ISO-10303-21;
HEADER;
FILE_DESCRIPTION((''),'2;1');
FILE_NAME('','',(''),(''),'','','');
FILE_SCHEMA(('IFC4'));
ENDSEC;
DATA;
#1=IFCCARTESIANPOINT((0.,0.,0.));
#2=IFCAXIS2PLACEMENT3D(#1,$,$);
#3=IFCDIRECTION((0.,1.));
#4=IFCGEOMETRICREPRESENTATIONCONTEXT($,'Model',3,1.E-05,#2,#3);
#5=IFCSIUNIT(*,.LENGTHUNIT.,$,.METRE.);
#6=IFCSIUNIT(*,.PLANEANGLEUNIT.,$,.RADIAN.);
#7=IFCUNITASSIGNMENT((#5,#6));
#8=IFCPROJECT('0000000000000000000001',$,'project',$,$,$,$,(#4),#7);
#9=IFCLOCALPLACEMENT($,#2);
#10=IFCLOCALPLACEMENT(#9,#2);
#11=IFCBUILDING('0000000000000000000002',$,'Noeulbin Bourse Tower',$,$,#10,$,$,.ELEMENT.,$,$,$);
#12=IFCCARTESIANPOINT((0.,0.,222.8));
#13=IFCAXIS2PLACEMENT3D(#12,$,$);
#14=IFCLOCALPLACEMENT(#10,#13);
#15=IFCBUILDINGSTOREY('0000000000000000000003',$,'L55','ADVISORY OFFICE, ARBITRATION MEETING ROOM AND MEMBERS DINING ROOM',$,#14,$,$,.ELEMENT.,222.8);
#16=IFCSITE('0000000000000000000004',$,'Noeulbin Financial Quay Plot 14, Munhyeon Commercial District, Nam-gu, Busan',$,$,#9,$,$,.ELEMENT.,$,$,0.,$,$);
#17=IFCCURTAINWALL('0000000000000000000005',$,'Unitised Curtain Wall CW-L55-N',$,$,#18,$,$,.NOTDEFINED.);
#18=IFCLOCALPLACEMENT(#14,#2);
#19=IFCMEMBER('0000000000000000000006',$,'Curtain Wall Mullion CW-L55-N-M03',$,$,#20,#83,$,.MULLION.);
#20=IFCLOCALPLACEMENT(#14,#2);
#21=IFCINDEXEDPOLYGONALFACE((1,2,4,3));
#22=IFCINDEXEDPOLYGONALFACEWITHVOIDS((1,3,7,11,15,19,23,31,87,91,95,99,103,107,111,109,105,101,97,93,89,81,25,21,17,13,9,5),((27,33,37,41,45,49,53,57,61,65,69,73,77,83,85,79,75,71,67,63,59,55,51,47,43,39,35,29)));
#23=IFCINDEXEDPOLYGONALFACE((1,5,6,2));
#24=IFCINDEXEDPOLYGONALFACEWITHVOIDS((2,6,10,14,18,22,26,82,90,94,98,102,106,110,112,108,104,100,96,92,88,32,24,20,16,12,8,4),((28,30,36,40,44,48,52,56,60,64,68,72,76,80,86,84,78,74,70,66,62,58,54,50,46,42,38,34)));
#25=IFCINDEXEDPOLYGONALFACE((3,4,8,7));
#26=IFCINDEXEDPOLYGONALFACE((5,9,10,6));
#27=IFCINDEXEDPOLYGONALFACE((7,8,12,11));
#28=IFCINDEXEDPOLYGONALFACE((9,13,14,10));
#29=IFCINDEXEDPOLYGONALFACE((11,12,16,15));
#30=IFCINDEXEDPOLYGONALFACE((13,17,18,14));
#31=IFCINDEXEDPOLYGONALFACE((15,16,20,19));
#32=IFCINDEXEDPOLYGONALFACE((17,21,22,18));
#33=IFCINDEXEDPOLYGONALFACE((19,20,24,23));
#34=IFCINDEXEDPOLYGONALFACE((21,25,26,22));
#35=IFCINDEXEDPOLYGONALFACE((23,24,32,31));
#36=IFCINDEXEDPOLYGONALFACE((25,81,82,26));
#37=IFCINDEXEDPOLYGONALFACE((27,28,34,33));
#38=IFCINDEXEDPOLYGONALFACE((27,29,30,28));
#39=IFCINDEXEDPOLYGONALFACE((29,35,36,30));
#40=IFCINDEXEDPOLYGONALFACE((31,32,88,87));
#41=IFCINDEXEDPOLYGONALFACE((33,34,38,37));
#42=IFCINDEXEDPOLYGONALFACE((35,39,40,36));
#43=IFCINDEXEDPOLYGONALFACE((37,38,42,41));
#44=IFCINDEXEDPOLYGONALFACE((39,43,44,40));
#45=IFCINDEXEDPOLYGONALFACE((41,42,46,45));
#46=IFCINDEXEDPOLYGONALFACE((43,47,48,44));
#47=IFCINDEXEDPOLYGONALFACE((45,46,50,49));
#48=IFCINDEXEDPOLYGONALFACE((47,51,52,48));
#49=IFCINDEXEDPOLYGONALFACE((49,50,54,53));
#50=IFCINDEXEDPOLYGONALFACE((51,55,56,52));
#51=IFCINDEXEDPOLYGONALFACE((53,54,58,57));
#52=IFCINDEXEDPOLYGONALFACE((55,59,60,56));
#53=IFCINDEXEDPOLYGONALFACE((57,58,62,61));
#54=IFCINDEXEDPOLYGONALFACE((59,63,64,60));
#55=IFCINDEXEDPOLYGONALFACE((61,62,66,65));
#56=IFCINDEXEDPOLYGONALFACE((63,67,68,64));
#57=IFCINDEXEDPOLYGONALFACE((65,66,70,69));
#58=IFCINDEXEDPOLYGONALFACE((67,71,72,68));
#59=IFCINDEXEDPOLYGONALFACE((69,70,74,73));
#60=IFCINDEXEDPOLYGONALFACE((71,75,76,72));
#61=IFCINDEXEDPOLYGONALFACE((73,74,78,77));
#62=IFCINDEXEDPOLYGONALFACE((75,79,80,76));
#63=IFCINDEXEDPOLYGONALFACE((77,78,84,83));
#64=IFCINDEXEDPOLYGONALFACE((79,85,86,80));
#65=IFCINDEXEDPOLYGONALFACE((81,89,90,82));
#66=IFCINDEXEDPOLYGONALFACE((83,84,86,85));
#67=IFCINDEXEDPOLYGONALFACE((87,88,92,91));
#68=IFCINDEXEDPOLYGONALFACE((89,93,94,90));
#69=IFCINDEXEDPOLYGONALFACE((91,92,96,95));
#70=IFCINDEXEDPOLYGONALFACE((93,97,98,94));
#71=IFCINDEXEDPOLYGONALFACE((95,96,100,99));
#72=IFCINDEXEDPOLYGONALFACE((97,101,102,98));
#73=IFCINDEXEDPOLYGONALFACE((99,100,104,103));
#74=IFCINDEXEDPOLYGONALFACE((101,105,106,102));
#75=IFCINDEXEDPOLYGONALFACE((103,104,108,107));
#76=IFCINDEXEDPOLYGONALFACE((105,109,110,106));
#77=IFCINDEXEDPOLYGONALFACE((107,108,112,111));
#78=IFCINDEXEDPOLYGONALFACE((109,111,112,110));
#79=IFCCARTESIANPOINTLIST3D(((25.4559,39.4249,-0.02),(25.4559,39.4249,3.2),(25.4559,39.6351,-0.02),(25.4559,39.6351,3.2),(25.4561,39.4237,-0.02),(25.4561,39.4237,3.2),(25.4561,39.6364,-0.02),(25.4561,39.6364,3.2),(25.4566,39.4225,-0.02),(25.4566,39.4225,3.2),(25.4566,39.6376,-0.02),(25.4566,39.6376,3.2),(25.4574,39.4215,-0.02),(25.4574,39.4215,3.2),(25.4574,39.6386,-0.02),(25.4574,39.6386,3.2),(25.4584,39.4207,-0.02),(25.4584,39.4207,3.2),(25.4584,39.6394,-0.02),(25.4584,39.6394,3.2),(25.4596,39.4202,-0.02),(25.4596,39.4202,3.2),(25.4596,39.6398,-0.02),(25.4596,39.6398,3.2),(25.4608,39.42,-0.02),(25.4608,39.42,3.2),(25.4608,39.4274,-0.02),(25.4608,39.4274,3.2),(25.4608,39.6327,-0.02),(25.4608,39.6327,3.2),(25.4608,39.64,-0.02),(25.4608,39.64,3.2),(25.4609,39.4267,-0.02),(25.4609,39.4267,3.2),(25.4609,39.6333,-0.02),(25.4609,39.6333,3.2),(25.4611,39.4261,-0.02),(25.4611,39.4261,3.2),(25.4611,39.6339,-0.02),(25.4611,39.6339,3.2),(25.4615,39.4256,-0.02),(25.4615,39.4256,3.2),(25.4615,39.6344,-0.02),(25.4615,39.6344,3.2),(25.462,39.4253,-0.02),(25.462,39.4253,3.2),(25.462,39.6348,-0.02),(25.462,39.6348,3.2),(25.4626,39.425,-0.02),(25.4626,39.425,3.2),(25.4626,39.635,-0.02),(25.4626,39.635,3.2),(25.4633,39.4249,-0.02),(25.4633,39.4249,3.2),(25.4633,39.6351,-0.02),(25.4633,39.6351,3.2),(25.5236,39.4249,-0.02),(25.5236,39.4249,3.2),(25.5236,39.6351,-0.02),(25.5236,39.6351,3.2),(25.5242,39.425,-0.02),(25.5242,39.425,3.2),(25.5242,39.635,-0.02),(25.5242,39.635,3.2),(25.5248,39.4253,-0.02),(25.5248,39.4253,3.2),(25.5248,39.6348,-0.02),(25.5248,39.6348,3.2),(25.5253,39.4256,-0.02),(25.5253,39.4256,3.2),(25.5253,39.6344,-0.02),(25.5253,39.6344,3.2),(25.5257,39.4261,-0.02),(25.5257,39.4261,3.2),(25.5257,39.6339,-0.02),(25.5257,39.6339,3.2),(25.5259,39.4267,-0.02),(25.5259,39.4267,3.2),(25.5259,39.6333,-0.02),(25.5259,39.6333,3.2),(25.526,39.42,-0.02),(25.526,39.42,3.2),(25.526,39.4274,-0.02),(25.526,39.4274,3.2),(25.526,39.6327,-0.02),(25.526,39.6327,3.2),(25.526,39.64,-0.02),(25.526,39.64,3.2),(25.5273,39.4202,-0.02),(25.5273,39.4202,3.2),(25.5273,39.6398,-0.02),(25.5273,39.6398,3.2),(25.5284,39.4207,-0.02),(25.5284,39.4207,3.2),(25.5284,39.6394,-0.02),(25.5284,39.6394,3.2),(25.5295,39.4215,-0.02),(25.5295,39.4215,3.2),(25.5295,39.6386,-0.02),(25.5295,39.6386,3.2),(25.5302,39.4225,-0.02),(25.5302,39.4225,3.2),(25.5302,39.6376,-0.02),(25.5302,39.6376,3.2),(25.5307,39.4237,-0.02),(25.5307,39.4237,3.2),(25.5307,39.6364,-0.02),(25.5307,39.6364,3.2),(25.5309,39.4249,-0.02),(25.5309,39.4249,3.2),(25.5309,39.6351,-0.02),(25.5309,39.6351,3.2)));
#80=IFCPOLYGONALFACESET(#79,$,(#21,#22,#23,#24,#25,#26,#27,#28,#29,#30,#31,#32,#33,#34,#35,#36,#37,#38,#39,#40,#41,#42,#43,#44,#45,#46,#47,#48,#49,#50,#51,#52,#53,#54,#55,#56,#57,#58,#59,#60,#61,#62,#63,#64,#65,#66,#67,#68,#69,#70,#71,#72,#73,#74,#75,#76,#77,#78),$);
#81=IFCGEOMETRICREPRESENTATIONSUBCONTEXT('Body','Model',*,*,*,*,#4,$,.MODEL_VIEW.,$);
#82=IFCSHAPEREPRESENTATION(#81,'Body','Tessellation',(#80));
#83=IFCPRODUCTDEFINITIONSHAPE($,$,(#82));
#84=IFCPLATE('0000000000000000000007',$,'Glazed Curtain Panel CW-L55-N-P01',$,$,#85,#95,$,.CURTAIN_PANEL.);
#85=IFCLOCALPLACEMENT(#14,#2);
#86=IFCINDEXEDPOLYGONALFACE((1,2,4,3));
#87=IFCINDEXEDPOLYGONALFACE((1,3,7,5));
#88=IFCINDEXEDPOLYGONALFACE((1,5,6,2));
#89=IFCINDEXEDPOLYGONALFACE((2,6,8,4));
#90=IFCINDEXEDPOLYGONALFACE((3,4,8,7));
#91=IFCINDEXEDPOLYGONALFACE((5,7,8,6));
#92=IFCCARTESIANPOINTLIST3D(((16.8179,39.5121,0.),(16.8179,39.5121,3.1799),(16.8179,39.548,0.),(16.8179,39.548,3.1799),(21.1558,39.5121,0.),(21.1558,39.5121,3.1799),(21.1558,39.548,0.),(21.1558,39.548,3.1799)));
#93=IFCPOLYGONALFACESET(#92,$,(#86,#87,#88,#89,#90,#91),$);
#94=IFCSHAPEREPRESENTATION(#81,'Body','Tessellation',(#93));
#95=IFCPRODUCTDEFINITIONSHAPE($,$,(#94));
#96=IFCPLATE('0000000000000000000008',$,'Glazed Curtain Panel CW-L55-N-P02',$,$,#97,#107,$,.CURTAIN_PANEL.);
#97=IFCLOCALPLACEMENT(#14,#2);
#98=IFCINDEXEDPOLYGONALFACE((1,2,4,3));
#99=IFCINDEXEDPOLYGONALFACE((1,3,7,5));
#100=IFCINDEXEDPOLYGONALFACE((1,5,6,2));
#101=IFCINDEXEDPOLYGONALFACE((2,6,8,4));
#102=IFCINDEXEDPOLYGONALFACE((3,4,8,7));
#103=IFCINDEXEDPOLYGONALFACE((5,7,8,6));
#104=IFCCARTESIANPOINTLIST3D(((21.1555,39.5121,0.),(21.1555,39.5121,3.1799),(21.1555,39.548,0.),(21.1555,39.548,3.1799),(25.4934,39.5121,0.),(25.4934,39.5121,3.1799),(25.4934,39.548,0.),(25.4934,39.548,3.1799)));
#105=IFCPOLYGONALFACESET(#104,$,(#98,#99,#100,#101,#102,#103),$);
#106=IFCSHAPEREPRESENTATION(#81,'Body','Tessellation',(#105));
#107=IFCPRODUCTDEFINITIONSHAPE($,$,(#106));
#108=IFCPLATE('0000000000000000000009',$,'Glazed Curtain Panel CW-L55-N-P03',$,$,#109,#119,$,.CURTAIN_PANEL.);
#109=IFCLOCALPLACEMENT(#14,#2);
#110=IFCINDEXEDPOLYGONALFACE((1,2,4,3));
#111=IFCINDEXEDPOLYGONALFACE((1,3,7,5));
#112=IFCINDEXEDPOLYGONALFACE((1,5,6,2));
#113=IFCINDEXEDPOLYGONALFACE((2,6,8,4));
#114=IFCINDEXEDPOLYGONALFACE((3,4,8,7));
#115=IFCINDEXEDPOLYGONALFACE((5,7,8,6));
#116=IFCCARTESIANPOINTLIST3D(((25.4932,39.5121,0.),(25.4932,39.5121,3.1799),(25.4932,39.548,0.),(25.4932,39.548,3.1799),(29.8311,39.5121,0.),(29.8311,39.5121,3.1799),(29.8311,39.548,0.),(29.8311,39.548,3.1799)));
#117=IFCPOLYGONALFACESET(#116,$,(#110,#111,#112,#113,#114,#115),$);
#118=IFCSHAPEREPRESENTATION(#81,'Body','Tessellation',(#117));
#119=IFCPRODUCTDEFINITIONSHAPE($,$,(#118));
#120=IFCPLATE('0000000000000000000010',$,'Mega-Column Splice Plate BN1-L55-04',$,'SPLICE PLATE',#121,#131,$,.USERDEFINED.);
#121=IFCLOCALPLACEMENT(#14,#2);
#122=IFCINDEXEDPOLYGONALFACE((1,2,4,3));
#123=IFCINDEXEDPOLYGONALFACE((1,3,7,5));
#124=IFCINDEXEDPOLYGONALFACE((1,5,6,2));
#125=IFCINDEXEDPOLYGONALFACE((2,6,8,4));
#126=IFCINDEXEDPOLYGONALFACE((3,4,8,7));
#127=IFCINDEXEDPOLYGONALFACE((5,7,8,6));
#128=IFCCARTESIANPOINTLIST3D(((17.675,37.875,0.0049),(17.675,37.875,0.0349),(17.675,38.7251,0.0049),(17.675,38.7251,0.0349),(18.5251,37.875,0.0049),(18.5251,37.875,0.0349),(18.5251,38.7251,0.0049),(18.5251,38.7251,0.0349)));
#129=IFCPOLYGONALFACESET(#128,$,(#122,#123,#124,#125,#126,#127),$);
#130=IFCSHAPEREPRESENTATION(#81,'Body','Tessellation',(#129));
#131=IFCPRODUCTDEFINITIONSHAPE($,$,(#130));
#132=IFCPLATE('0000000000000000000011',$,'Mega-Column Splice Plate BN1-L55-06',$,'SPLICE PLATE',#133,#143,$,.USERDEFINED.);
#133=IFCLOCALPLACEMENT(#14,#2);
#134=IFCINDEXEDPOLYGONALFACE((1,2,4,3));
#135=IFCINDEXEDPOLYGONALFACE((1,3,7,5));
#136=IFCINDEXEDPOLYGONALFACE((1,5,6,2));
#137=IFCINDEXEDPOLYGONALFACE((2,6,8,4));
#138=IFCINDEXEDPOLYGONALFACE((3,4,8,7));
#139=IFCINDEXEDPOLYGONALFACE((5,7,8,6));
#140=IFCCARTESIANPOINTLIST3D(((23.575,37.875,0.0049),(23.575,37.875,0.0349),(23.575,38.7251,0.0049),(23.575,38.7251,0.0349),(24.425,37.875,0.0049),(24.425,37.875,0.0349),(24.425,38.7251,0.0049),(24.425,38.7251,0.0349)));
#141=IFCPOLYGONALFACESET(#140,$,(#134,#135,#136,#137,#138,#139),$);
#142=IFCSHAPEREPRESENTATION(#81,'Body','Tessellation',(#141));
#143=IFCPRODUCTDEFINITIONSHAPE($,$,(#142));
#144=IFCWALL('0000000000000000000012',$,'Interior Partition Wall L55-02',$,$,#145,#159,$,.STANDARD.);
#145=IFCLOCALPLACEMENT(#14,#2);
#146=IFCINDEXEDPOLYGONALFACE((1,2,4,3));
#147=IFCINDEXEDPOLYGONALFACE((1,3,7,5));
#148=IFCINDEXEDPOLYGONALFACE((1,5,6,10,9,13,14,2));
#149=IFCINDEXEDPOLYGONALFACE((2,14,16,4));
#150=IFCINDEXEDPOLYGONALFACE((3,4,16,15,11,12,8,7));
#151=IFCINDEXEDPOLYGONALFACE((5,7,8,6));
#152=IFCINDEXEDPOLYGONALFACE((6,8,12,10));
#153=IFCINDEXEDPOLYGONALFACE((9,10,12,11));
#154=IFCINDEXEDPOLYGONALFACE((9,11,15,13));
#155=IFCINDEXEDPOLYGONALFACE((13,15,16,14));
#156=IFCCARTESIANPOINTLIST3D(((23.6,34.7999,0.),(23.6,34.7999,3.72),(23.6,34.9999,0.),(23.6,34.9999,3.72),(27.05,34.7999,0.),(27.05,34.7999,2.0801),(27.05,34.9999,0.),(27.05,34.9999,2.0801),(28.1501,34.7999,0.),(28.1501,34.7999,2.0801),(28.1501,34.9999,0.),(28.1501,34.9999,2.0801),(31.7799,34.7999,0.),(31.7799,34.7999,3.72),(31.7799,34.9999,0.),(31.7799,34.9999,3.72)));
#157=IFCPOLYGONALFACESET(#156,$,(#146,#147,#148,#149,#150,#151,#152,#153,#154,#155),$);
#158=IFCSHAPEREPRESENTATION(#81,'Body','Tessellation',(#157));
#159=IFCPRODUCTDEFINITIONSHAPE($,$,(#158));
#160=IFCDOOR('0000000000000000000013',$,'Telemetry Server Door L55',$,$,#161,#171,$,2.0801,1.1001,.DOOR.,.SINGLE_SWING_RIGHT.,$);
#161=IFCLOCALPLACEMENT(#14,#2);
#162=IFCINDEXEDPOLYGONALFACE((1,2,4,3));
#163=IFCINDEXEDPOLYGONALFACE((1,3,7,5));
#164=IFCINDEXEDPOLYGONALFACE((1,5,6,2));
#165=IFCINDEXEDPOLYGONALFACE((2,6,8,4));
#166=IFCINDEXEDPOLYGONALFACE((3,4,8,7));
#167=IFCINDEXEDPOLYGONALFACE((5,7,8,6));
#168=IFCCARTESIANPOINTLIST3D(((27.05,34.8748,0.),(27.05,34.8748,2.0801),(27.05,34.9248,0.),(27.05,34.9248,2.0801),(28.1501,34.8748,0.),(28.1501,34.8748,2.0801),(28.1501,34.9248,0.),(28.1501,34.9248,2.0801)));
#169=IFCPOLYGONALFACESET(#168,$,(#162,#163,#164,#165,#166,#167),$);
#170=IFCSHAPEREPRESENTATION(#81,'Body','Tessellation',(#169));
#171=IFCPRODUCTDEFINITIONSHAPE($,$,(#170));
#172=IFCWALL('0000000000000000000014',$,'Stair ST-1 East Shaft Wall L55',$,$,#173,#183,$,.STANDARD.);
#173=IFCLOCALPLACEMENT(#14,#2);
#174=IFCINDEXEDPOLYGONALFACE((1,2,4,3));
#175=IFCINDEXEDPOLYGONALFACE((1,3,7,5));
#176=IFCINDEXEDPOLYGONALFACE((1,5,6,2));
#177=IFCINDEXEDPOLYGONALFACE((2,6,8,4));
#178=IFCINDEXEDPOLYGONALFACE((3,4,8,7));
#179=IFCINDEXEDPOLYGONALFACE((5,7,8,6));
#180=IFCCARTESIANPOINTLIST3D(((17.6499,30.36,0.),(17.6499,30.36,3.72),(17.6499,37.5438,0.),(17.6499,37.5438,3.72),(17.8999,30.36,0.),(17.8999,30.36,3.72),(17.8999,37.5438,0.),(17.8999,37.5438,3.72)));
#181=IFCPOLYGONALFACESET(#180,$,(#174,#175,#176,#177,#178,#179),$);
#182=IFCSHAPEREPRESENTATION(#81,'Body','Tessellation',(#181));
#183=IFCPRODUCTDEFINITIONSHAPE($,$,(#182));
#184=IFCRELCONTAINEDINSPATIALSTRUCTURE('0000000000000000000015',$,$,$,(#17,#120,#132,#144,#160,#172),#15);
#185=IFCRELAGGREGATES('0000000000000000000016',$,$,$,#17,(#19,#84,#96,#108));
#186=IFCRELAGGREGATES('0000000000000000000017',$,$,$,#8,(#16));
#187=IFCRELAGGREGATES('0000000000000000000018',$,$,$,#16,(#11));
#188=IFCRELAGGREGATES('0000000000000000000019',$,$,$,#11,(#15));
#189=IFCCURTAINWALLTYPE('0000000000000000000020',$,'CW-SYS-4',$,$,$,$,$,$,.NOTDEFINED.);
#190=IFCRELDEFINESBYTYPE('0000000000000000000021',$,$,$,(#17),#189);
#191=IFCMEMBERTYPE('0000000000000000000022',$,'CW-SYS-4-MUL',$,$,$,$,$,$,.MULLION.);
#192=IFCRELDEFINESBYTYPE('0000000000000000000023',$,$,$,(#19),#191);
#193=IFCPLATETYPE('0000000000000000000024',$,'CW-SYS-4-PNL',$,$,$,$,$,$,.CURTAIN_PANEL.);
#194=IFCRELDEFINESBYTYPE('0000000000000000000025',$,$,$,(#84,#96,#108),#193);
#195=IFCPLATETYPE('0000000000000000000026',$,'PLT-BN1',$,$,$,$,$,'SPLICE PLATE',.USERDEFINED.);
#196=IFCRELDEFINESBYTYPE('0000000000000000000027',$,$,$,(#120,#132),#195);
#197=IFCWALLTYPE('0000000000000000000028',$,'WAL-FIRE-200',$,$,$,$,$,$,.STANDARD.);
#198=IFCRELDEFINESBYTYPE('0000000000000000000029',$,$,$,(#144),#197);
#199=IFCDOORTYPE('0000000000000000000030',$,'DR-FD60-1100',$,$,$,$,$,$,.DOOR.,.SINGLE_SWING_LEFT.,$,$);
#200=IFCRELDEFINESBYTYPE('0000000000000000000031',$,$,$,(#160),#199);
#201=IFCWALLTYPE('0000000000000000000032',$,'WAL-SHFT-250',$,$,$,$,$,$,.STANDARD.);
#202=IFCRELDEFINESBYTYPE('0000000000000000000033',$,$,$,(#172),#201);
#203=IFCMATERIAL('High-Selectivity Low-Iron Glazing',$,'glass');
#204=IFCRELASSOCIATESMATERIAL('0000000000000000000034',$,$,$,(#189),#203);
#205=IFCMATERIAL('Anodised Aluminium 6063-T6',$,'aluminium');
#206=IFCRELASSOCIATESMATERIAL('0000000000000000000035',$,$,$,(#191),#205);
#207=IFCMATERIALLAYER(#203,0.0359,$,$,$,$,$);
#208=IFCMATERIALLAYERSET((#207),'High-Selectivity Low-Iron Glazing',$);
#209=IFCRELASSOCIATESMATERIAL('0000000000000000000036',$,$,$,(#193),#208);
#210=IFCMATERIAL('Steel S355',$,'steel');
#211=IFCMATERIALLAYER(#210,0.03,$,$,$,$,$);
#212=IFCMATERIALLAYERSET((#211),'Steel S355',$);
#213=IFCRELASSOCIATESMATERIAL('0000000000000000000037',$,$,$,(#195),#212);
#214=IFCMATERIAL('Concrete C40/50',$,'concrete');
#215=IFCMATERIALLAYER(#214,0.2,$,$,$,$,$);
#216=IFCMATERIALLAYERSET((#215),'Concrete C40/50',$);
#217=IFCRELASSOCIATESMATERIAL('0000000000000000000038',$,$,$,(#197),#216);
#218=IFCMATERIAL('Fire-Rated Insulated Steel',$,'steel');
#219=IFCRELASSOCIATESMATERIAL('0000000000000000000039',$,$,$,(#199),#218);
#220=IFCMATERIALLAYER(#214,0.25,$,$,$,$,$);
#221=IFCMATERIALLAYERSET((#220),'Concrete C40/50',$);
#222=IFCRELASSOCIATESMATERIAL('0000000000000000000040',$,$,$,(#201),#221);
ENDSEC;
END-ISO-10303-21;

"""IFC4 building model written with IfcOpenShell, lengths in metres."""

from ifc_helpers import new_model, si_unit, direction, frame, frame_2d, origin, origin_2d, place, context, subcontext, project, spatial, rectangle, hollow_rectangle, extrude, material, layer, layer_set, material_profile, profile_set, type_object, element, fill, aggregate, save


model = new_model("IFC4")

# Units and contexts
model_context = context("Model", 3, precision=1e-05, world=origin(), true_north=direction((0.0, 1.0)))
body_context = subcontext(model_context, "Body", "Model", "MODEL_VIEW")
ifc_project = project(units=[si_unit("LENGTHUNIT", "METRE"), si_unit("PLANEANGLEUNIT", "RADIAN")], contexts=[model_context])

# Site, building, storey
site_placement = place(None, origin())
site = spatial("IfcSite", under=ifc_project, at=site_placement, Name="Noeulbin Financial Quay Plot 14, Munhyeon Commercial District, Nam-gu, Busan", CompositionType="ELEMENT", RefElevation=0.0)
building_placement = place(site_placement, origin())
building = spatial("IfcBuilding", under=site, at=building_placement, Name="Noeulbin Bourse Tower", CompositionType="ELEMENT")
storey_placement = place(building_placement, frame((0.0, 0.0, 222.8)))
storey = spatial("IfcBuildingStorey", under=building, at=storey_placement, Name="L55", Description="ADVISORY OFFICE, ARBITRATION MEETING ROOM AND MEMBERS DINING ROOM", CompositionType="ELEMENT", Elevation=222.8)

# Shared definitions
ifc_material_1 = material(Name="Steel S355", Category="steel")

# Curtain wall, member, plates
ifc_material_2 = material(Name="High-Selectivity Low-Iron Glazing", Category="glass")
curtain_wall_type = type_object("IfcCurtainWallType", Name="CW-SYS-4", PredefinedType="NOTDEFINED", material=ifc_material_2)
curtain_wall_placement = place(storey_placement, origin())
curtain_wall = element("IfcCurtainWall", 1, at=curtain_wall_placement, inside=storey, type_object=curtain_wall_type, Name="Unitised Curtain Wall CW-L55-N", PredefinedType="NOTDEFINED")
ifc_material_3 = material(Name="Anodised Aluminium 6063-T6", Category="aluminium")
ifc_material_profile_1 = material_profile(ifc_material_3, hollow_rectangle(XDim=0.075, YDim=0.22, WallThickness=0.0049, InnerFilletRadius=0.0024, OuterFilletRadius=0.0049, at=origin_2d()), Name="ALU-MULL-75x220x5", Category="LoadBearing")
ifc_profile_set_1 = profile_set([ifc_material_profile_1], Name="Anodised Aluminium 6063-T6")
member_type = type_object("IfcMemberType", Name="CW-SYS-4-MUL", PredefinedType="MULLION", material=ifc_profile_set_1)
member_1_placement = place(storey_placement, frame((25.4934, 39.53, -0.02), z_axis=(0.0, 0.0, 1.0), x_axis=(1.0, 0.0, 0.0)))
member_1 = element("IfcMember", 2, at=member_1_placement, type_object=member_type, Name="Curtain Wall Mullion CW-L55-N-M03", PredefinedType="MULLION", context=body_context, shape_type="SweptSolid", body=[
    extrude(hollow_rectangle(XDim=0.075, YDim=0.22, WallThickness=0.0049, InnerFilletRadius=0.0024, OuterFilletRadius=0.0049, at=origin_2d()), origin(), (0.0, 0.0, 1.0), 3.22),
])
ifc_layer_1 = layer(ifc_material_2, 0.0359)
ifc_layer_set_1 = layer_set([ifc_layer_1], Name="High-Selectivity Low-Iron Glazing")
plate_type_1 = type_object("IfcPlateType", Name="CW-SYS-4-PNL", PredefinedType="CURTAIN_PANEL", material=ifc_layer_set_1)
plate_1_placement = place(storey_placement, frame((18.9868, 39.53, 0.0), z_axis=(0.0, 0.0, 1.0), x_axis=(1.0, 0.0, 0.0)))
plate_1 = element("IfcPlate", 3, at=plate_1_placement, type_object=plate_type_1, Name="Glazed Curtain Panel CW-L55-N-P01", PredefinedType="CURTAIN_PANEL", context=body_context, shape_type="SweptSolid", body=[
    extrude(rectangle(XDim=4.3379, YDim=0.0359, at=origin_2d()), origin(), (0.0, 0.0, 1.0), 3.1799),
])
plate_2_placement = place(storey_placement, frame((23.3245, 39.53, 0.0), z_axis=(0.0, 0.0, 1.0), x_axis=(1.0, 0.0, 0.0)))
plate_2 = element("IfcPlate", 4, at=plate_2_placement, type_object=plate_type_1, Name="Glazed Curtain Panel CW-L55-N-P02", PredefinedType="CURTAIN_PANEL", context=body_context, shape_type="SweptSolid", body=[
    extrude(rectangle(XDim=4.3379, YDim=0.0359, at=origin_2d()), origin(), (0.0, 0.0, 1.0), 3.1799),
])
plate_3_placement = place(storey_placement, frame((27.6621, 39.53, 0.0), z_axis=(0.0, 0.0, 1.0), x_axis=(1.0, 0.0, 0.0)))
plate_3 = element("IfcPlate", 5, at=plate_3_placement, type_object=plate_type_1, Name="Glazed Curtain Panel CW-L55-N-P03", PredefinedType="CURTAIN_PANEL", context=body_context, shape_type="SweptSolid", body=[
    extrude(rectangle(XDim=4.3379, YDim=0.0359, at=origin_2d()), origin(), (0.0, 0.0, 1.0), 3.1799),
])
aggregate(curtain_wall, [member_1, plate_1, plate_2, plate_3])

# Plates
ifc_layer_2 = layer(ifc_material_1, 0.03)
ifc_layer_set_2 = layer_set([ifc_layer_2], Name="Steel S355")
plate_type_2 = type_object("IfcPlateType", Name="PLT-BN1", ElementType="SPLICE PLATE", PredefinedType="USERDEFINED", material=ifc_layer_set_2)
for number, where, z_axis, x_axis, name in (
    (6, (18.1001, 38.3, 0.0049), (0.0, 0.0, 1.0), (1.0, 0.0, 0.0), "Mega-Column Splice Plate BN1-L55-04"),
    (7, (24.0, 38.3, 0.0049), (0.0, 0.0, 1.0), (1.0, 0.0, 0.0), "Mega-Column Splice Plate BN1-L55-06"),
):
    element("IfcPlate", number, at=place(storey_placement, frame(where, z_axis=z_axis, x_axis=x_axis)), inside=storey, type_object=plate_type_2, Name=name, ObjectType="SPLICE PLATE", PredefinedType="USERDEFINED", context=body_context, shape_type="SweptSolid", body=[
        extrude(rectangle(XDim=0.8501, YDim=0.8501, at=origin_2d()), origin(), (0.0, 0.0, 1.0), 0.03),
    ])

# Wall, opening, door
ifc_material_4 = material(Name="Concrete C40/50", Category="concrete")
ifc_layer_3 = layer(ifc_material_4, 0.2)
ifc_layer_set_3 = layer_set([ifc_layer_3], Name="Concrete C40/50")
wall_type_1 = type_object("IfcWallType", Name="WAL-FIRE-200", PredefinedType="STANDARD", material=ifc_layer_set_3)
wall_1_placement = place(storey_placement, frame((23.6001, 34.8999, 0.0), z_axis=(0.0, 0.0, 1.0), x_axis=(1.0, 0.0, 0.0)))
wall_1 = element("IfcWall", 8, at=wall_1_placement, inside=storey, type_object=wall_type_1, Name="Interior Partition Wall L55-02", PredefinedType="STANDARD", context=body_context, shape_type="SweptSolid", body=[
    extrude(rectangle(XDim=8.1799, YDim=0.2, at=frame_2d((4.0898, 0.0))), origin(), (0.0, 0.0, 1.0), 3.72),
])
opening_1_placement = place(wall_1_placement, frame((3.45, 0.0, 0.0)))
opening_1 = element("IfcOpeningElement", 9, at=opening_1_placement, cuts=wall_1, PredefinedType="OPENING", context=body_context, shape_type="SweptSolid", body=[
    extrude(rectangle(XDim=1.1001, YDim=2.0801, at=frame_2d((0.55, 1.04))), frame((0.0, 0.1099, 0.0), z_axis=(0.0, -1.0, 0.0), x_axis=(1.0, 0.0, 0.0)), (0.0, 0.0, 1.0), 0.22),
])
ifc_material_5 = material(Name="Fire-Rated Insulated Steel", Category="steel")
door_type_1 = type_object("IfcDoorType", Name="DR-FD60-1100", OperationType="SINGLE_SWING_LEFT", PredefinedType="DOOR", material=ifc_material_5)
door_1_placement = place(opening_1_placement, origin())
door_1 = element("IfcDoor", 10, at=door_1_placement, inside=storey, type_object=door_type_1, Name="Telemetry Server Door L55", OperationType="SINGLE_SWING_RIGHT", OverallHeight=2.0801, OverallWidth=1.1001, PredefinedType="DOOR", context=body_context, shape_type="SweptSolid", body=[
    extrude(rectangle(XDim=1.1001, YDim=2.0801, at=frame_2d((0.55, 1.04))), frame((0.0, 0.0249, 0.0), z_axis=(0.0, -1.0, 0.0), x_axis=(1.0, 0.0, 0.0)), (0.0, 0.0, 1.0), 0.05),
])
fill(opening_1, door_1)

# Wall
ifc_layer_4 = layer(ifc_material_4, 0.25)
ifc_layer_set_4 = layer_set([ifc_layer_4], Name="Concrete C40/50")
wall_type_2 = type_object("IfcWallType", Name="WAL-SHFT-250", PredefinedType="STANDARD", material=ifc_layer_set_4)
wall_2_placement = place(storey_placement, frame((17.7749, 30.3601, 0.0), z_axis=(0.0, 0.0, 1.0), x_axis=(0.0, 1.0, 0.0)))
element("IfcWall", 11, at=wall_2_placement, inside=storey, type_object=wall_type_2, Name="Stair ST-1 East Shaft Wall L55", PredefinedType="STANDARD", context=body_context, shape_type="SweptSolid", body=[
    extrude(rectangle(XDim=7.1838, YDim=0.25, at=frame_2d((3.5918, 0.0))), origin(), (0.0, 0.0, 1.0), 3.72),
])

save(model, "model.ifc")
